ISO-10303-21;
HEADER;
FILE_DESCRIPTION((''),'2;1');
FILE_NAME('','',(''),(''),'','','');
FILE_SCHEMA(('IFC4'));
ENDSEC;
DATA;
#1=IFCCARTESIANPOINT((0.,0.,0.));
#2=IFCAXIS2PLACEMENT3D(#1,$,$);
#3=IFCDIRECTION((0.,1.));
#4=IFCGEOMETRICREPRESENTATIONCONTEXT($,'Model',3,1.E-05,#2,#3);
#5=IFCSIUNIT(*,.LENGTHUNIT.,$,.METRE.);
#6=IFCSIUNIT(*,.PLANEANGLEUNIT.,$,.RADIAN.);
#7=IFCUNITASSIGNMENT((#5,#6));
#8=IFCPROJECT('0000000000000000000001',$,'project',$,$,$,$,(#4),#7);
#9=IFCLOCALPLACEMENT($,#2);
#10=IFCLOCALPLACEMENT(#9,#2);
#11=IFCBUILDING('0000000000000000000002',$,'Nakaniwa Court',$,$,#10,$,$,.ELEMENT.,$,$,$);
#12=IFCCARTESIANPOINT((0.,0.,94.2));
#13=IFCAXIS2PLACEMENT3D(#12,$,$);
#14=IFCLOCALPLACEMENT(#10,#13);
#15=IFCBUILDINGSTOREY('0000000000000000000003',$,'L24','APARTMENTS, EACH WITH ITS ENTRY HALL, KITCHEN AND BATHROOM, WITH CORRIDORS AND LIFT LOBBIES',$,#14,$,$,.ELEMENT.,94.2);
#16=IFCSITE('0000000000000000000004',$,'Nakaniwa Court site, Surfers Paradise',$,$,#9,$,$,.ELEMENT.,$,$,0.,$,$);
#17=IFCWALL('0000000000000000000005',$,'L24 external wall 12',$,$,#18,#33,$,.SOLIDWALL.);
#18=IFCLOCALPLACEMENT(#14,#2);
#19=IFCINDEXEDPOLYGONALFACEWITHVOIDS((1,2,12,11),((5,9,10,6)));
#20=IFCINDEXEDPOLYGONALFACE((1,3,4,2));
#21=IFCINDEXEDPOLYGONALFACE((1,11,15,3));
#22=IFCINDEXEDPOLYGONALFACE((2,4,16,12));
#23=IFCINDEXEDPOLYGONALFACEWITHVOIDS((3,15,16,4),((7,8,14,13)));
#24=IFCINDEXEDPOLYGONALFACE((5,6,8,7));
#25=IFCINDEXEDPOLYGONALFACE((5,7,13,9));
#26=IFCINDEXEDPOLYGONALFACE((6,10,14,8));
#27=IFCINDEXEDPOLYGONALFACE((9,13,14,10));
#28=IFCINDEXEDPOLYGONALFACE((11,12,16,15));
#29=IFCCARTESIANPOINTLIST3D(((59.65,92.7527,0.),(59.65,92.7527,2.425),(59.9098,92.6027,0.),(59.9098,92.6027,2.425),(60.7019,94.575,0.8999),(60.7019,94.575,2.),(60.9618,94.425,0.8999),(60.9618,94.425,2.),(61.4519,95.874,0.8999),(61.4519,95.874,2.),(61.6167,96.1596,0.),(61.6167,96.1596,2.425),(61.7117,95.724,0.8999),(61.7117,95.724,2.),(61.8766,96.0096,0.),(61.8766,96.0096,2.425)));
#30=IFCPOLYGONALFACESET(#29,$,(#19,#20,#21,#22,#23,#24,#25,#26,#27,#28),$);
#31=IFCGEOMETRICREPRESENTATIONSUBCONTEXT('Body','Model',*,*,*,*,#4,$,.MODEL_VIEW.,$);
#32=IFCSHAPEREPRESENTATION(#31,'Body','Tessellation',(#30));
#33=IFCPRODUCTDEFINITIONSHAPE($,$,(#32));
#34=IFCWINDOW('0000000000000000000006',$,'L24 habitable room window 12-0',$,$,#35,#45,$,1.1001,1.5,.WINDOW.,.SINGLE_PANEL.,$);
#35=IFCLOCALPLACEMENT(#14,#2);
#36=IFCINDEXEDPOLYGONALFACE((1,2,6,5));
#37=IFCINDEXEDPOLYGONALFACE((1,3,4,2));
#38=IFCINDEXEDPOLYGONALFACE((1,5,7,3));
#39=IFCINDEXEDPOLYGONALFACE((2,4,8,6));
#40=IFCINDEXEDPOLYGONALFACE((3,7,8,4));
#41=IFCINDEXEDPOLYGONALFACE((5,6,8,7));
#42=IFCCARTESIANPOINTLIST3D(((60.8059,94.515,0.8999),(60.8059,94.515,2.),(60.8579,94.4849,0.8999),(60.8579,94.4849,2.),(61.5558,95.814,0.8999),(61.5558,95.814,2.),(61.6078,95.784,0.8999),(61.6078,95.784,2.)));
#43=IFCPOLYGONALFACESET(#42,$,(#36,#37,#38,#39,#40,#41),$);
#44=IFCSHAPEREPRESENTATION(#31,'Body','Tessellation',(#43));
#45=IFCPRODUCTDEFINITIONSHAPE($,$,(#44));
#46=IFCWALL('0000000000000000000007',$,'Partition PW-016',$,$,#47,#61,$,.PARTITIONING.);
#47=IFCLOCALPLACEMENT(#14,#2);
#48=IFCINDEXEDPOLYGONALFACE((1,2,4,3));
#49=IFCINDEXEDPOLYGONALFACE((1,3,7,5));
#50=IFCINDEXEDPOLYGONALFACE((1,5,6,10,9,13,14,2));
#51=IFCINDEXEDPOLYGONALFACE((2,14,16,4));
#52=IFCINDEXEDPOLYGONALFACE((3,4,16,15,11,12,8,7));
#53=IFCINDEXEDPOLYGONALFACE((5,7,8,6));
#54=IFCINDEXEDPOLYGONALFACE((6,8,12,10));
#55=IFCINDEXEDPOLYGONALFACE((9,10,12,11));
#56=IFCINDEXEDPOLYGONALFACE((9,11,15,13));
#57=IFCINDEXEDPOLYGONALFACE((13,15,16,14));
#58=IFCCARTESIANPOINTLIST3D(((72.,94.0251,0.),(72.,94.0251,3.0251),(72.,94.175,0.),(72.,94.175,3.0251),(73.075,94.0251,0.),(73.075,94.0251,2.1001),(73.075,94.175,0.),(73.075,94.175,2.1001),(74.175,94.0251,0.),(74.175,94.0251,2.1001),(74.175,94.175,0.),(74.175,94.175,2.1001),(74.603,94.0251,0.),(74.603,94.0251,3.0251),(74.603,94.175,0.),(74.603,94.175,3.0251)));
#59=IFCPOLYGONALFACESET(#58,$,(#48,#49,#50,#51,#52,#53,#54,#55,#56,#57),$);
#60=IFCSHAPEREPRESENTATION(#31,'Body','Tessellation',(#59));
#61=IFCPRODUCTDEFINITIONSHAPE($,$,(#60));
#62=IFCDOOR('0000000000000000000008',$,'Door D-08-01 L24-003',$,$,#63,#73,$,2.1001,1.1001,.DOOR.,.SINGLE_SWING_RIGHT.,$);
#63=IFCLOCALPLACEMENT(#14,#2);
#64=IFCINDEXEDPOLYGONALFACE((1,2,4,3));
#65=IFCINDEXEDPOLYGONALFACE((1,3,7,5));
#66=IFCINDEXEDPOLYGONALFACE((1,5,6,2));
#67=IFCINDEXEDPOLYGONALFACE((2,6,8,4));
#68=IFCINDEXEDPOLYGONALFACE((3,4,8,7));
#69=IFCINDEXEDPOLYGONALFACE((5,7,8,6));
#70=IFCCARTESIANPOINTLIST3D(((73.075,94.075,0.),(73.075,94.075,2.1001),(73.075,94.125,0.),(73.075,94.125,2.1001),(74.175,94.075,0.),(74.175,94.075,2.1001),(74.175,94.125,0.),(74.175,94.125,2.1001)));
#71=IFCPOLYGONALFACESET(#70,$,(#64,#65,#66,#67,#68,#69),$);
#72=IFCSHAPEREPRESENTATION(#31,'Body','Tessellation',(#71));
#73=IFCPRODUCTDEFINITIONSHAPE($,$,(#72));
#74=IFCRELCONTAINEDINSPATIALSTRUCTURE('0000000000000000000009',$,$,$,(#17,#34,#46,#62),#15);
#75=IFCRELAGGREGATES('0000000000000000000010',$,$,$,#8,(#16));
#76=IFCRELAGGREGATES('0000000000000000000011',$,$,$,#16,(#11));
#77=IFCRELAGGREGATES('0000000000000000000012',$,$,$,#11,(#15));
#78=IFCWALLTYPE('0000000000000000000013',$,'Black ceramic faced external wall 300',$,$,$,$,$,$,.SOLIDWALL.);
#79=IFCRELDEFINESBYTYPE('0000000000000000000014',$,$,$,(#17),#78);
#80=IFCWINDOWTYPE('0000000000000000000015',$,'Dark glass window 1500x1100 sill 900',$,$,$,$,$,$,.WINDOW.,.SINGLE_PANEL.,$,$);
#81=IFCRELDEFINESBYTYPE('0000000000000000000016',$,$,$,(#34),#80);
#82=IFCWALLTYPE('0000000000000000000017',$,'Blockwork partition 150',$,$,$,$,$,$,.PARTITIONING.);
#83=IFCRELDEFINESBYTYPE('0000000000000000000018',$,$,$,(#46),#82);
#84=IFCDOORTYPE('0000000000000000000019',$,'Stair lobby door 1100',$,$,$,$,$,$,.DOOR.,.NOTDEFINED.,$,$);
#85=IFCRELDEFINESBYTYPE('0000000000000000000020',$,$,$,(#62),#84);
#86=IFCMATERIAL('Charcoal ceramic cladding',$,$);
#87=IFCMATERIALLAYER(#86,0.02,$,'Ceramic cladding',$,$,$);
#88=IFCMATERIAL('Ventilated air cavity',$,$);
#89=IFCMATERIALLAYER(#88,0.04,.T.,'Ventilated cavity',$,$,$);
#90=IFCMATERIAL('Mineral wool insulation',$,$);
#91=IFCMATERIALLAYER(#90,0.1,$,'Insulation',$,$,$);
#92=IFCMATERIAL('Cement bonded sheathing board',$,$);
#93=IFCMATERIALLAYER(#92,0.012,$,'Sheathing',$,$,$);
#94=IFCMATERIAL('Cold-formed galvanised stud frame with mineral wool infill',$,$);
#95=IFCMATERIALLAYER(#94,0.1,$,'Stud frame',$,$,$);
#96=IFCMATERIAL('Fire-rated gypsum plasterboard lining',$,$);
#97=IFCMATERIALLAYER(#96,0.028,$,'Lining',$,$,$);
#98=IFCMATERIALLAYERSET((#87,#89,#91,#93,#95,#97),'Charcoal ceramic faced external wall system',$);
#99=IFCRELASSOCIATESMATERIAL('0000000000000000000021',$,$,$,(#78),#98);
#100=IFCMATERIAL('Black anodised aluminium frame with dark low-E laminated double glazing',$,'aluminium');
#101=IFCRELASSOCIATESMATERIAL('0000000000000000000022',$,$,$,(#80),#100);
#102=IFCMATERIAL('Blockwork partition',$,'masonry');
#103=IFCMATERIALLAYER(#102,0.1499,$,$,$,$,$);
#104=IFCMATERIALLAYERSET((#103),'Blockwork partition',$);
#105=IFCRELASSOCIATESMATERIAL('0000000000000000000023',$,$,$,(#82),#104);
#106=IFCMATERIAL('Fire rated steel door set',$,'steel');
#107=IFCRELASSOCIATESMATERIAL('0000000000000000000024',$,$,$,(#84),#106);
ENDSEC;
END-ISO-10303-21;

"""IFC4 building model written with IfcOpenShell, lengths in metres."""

from ifc_helpers import new_model, si_unit, direction, frame, frame_2d, origin, place, context, subcontext, project, spatial, rectangle, extrude, material, layer, layer_set, type_object, element, fill, save


model = new_model("IFC4")

# Units and contexts
model_context = context("Model", 3, precision=1e-05, world=origin(), true_north=direction((0.0, 1.0)))
body_context = subcontext(model_context, "Body", "Model", "MODEL_VIEW")
ifc_project = project(units=[si_unit("LENGTHUNIT", "METRE"), si_unit("PLANEANGLEUNIT", "RADIAN")], contexts=[model_context])

# Site, building, storey
site_placement = place(None, origin())
site = spatial("IfcSite", under=ifc_project, at=site_placement, Name="Nakaniwa Court site, Surfers Paradise", CompositionType="ELEMENT", RefElevation=0.0)
building_placement = place(site_placement, origin())
building = spatial("IfcBuilding", under=site, at=building_placement, Name="Nakaniwa Court", CompositionType="ELEMENT")
storey_placement = place(building_placement, frame((0.0, 0.0, 94.2)))
storey = spatial("IfcBuildingStorey", under=building, at=storey_placement, Name="L24", Description="APARTMENTS, EACH WITH ITS ENTRY HALL, KITCHEN AND BATHROOM, WITH CORRIDORS AND LIFT LOBBIES", CompositionType="ELEMENT", Elevation=94.2)

# Wall, opening, window
ifc_material_1 = material(Name="Charcoal ceramic cladding")
ifc_layer_1 = layer(ifc_material_1, 0.02, Name="Ceramic cladding")
ifc_material_2 = material(Name="Ventilated air cavity")
ifc_layer_2 = layer(ifc_material_2, 0.04, ventilated=True, Name="Ventilated cavity")
ifc_material_3 = material(Name="Mineral wool insulation")
ifc_layer_3 = layer(ifc_material_3, 0.1, Name="Insulation")
ifc_material_4 = material(Name="Cement bonded sheathing board")
ifc_layer_4 = layer(ifc_material_4, 0.012, Name="Sheathing")
ifc_material_5 = material(Name="Cold-formed galvanised stud frame with mineral wool infill")
ifc_layer_5 = layer(ifc_material_5, 0.1, Name="Stud frame")
ifc_material_6 = material(Name="Fire-rated gypsum plasterboard lining")
ifc_layer_6 = layer(ifc_material_6, 0.028, Name="Lining")
ifc_layer_set_1 = layer_set([ifc_layer_1, ifc_layer_2, ifc_layer_3, ifc_layer_4, ifc_layer_5, ifc_layer_6], Name="Charcoal ceramic faced external wall system")
wall_type_1 = type_object("IfcWallType", Name="Black ceramic faced external wall 300", PredefinedType="SOLIDWALL", material=ifc_layer_set_1)
ifc_material_7 = material(Name="Black anodised aluminium frame with dark low-E laminated double glazing", Category="aluminium")
wall_1_placement = place(storey_placement, frame((61.7466, 96.0845, 0.0), z_axis=(0.0, 0.0, 1.0), x_axis=(-0.499957, -0.86605, 0.0)))
wall_1 = element("IfcWall", 1, at=wall_1_placement, inside=storey, type_object=wall_type_1, Name="L24 external wall 12", PredefinedType="SOLIDWALL", context=body_context, shape_type="SweptSolid", body=[
    extrude(rectangle(XDim=3.9338, YDim=0.3, at=frame_2d((1.9668, 0.0))), origin(), (0.0, 0.0, 1.0), 2.425),
])
opening_1_placement = place(wall_1_placement, frame((0.3296, 0.0, 0.8999)))
opening_1 = element("IfcOpeningElement", 2, at=opening_1_placement, cuts=wall_1, PredefinedType="OPENING", context=body_context, shape_type="SweptSolid", body=[
    extrude(rectangle(XDim=1.5, YDim=1.1001, at=frame_2d((0.75, 0.55))), frame((0.0, 0.1599, 0.0), z_axis=(0.0, -1.0, 0.0), x_axis=(1.0, 0.0, 0.0)), (0.0, 0.0, 1.0), 0.3201),
])
window_type_1 = type_object("IfcWindowType", Name="Dark glass window 1500x1100 sill 900", PartitioningType="SINGLE_PANEL", PredefinedType="WINDOW", material=ifc_material_7)
window_1_placement = place(opening_1_placement, origin())
window_1 = element("IfcWindow", 3, at=window_1_placement, inside=storey, type_object=window_type_1, Name="L24 habitable room window 12-0", OverallHeight=1.1001, OverallWidth=1.5, PartitioningType="SINGLE_PANEL", PredefinedType="WINDOW", context=body_context, shape_type="SweptSolid", body=[
    extrude(rectangle(XDim=1.5, YDim=1.1001, at=frame_2d((0.75, 0.55))), frame((0.0, 0.03, 0.0), z_axis=(0.0, -1.0, 0.0), x_axis=(1.0, 0.0, 0.0)), (0.0, 0.0, 1.0), 0.0601),
])
fill(opening_1, window_1)

# Wall, opening, door
ifc_material_8 = material(Name="Blockwork partition", Category="masonry")
ifc_layer_7 = layer(ifc_material_8, 0.1499)
ifc_layer_set_2 = layer_set([ifc_layer_7], Name="Blockwork partition")
wall_type_2 = type_object("IfcWallType", Name="Blockwork partition 150", PredefinedType="PARTITIONING", material=ifc_layer_set_2)
wall_2_placement = place(storey_placement, frame((72.0, 94.1001, 0.0), z_axis=(0.0, 0.0, 1.0), x_axis=(1.0, 0.0, 0.0)))
wall_2 = element("IfcWall", 4, at=wall_2_placement, inside=storey, type_object=wall_type_2, Name="Partition PW-016", PredefinedType="PARTITIONING", context=body_context, shape_type="SweptSolid", body=[
    extrude(rectangle(XDim=2.603, YDim=0.1499, at=frame_2d((1.3015, 0.0))), origin(), (0.0, 0.0, 1.0), 3.0251),
])
opening_2_placement = place(wall_2_placement, frame((1.075, 0.0, 0.0)))
opening_2 = element("IfcOpeningElement", 5, at=opening_2_placement, cuts=wall_2, PredefinedType="OPENING", context=body_context, shape_type="SweptSolid", body=[
    extrude(rectangle(XDim=1.1001, YDim=2.1001, at=frame_2d((0.55, 1.05))), frame((0.0, 0.085, 0.0), z_axis=(0.0, -1.0, 0.0), x_axis=(1.0, 0.0, 0.0)), (0.0, 0.0, 1.0), 0.1699),
])
ifc_material_9 = material(Name="Fire rated steel door set", Category="steel")
door_type_1 = type_object("IfcDoorType", Name="Stair lobby door 1100", OperationType="NOTDEFINED", PredefinedType="DOOR", material=ifc_material_9)
door_1_placement = place(opening_2_placement, origin())
door_1 = element("IfcDoor", 6, at=door_1_placement, inside=storey, type_object=door_type_1, Name="Door D-08-01 L24-003", OperationType="SINGLE_SWING_RIGHT", OverallHeight=2.1001, OverallWidth=1.1001, PredefinedType="DOOR", context=body_context, shape_type="SweptSolid", body=[
    extrude(rectangle(XDim=1.1001, YDim=2.1001, at=frame_2d((0.55, 1.05))), frame((0.0, 0.0249, 0.0), z_axis=(0.0, -1.0, 0.0), x_axis=(1.0, 0.0, 0.0)), (0.0, 0.0, 1.0), 0.05),
])
fill(opening_2, door_1)

save(model, "model.ifc")
